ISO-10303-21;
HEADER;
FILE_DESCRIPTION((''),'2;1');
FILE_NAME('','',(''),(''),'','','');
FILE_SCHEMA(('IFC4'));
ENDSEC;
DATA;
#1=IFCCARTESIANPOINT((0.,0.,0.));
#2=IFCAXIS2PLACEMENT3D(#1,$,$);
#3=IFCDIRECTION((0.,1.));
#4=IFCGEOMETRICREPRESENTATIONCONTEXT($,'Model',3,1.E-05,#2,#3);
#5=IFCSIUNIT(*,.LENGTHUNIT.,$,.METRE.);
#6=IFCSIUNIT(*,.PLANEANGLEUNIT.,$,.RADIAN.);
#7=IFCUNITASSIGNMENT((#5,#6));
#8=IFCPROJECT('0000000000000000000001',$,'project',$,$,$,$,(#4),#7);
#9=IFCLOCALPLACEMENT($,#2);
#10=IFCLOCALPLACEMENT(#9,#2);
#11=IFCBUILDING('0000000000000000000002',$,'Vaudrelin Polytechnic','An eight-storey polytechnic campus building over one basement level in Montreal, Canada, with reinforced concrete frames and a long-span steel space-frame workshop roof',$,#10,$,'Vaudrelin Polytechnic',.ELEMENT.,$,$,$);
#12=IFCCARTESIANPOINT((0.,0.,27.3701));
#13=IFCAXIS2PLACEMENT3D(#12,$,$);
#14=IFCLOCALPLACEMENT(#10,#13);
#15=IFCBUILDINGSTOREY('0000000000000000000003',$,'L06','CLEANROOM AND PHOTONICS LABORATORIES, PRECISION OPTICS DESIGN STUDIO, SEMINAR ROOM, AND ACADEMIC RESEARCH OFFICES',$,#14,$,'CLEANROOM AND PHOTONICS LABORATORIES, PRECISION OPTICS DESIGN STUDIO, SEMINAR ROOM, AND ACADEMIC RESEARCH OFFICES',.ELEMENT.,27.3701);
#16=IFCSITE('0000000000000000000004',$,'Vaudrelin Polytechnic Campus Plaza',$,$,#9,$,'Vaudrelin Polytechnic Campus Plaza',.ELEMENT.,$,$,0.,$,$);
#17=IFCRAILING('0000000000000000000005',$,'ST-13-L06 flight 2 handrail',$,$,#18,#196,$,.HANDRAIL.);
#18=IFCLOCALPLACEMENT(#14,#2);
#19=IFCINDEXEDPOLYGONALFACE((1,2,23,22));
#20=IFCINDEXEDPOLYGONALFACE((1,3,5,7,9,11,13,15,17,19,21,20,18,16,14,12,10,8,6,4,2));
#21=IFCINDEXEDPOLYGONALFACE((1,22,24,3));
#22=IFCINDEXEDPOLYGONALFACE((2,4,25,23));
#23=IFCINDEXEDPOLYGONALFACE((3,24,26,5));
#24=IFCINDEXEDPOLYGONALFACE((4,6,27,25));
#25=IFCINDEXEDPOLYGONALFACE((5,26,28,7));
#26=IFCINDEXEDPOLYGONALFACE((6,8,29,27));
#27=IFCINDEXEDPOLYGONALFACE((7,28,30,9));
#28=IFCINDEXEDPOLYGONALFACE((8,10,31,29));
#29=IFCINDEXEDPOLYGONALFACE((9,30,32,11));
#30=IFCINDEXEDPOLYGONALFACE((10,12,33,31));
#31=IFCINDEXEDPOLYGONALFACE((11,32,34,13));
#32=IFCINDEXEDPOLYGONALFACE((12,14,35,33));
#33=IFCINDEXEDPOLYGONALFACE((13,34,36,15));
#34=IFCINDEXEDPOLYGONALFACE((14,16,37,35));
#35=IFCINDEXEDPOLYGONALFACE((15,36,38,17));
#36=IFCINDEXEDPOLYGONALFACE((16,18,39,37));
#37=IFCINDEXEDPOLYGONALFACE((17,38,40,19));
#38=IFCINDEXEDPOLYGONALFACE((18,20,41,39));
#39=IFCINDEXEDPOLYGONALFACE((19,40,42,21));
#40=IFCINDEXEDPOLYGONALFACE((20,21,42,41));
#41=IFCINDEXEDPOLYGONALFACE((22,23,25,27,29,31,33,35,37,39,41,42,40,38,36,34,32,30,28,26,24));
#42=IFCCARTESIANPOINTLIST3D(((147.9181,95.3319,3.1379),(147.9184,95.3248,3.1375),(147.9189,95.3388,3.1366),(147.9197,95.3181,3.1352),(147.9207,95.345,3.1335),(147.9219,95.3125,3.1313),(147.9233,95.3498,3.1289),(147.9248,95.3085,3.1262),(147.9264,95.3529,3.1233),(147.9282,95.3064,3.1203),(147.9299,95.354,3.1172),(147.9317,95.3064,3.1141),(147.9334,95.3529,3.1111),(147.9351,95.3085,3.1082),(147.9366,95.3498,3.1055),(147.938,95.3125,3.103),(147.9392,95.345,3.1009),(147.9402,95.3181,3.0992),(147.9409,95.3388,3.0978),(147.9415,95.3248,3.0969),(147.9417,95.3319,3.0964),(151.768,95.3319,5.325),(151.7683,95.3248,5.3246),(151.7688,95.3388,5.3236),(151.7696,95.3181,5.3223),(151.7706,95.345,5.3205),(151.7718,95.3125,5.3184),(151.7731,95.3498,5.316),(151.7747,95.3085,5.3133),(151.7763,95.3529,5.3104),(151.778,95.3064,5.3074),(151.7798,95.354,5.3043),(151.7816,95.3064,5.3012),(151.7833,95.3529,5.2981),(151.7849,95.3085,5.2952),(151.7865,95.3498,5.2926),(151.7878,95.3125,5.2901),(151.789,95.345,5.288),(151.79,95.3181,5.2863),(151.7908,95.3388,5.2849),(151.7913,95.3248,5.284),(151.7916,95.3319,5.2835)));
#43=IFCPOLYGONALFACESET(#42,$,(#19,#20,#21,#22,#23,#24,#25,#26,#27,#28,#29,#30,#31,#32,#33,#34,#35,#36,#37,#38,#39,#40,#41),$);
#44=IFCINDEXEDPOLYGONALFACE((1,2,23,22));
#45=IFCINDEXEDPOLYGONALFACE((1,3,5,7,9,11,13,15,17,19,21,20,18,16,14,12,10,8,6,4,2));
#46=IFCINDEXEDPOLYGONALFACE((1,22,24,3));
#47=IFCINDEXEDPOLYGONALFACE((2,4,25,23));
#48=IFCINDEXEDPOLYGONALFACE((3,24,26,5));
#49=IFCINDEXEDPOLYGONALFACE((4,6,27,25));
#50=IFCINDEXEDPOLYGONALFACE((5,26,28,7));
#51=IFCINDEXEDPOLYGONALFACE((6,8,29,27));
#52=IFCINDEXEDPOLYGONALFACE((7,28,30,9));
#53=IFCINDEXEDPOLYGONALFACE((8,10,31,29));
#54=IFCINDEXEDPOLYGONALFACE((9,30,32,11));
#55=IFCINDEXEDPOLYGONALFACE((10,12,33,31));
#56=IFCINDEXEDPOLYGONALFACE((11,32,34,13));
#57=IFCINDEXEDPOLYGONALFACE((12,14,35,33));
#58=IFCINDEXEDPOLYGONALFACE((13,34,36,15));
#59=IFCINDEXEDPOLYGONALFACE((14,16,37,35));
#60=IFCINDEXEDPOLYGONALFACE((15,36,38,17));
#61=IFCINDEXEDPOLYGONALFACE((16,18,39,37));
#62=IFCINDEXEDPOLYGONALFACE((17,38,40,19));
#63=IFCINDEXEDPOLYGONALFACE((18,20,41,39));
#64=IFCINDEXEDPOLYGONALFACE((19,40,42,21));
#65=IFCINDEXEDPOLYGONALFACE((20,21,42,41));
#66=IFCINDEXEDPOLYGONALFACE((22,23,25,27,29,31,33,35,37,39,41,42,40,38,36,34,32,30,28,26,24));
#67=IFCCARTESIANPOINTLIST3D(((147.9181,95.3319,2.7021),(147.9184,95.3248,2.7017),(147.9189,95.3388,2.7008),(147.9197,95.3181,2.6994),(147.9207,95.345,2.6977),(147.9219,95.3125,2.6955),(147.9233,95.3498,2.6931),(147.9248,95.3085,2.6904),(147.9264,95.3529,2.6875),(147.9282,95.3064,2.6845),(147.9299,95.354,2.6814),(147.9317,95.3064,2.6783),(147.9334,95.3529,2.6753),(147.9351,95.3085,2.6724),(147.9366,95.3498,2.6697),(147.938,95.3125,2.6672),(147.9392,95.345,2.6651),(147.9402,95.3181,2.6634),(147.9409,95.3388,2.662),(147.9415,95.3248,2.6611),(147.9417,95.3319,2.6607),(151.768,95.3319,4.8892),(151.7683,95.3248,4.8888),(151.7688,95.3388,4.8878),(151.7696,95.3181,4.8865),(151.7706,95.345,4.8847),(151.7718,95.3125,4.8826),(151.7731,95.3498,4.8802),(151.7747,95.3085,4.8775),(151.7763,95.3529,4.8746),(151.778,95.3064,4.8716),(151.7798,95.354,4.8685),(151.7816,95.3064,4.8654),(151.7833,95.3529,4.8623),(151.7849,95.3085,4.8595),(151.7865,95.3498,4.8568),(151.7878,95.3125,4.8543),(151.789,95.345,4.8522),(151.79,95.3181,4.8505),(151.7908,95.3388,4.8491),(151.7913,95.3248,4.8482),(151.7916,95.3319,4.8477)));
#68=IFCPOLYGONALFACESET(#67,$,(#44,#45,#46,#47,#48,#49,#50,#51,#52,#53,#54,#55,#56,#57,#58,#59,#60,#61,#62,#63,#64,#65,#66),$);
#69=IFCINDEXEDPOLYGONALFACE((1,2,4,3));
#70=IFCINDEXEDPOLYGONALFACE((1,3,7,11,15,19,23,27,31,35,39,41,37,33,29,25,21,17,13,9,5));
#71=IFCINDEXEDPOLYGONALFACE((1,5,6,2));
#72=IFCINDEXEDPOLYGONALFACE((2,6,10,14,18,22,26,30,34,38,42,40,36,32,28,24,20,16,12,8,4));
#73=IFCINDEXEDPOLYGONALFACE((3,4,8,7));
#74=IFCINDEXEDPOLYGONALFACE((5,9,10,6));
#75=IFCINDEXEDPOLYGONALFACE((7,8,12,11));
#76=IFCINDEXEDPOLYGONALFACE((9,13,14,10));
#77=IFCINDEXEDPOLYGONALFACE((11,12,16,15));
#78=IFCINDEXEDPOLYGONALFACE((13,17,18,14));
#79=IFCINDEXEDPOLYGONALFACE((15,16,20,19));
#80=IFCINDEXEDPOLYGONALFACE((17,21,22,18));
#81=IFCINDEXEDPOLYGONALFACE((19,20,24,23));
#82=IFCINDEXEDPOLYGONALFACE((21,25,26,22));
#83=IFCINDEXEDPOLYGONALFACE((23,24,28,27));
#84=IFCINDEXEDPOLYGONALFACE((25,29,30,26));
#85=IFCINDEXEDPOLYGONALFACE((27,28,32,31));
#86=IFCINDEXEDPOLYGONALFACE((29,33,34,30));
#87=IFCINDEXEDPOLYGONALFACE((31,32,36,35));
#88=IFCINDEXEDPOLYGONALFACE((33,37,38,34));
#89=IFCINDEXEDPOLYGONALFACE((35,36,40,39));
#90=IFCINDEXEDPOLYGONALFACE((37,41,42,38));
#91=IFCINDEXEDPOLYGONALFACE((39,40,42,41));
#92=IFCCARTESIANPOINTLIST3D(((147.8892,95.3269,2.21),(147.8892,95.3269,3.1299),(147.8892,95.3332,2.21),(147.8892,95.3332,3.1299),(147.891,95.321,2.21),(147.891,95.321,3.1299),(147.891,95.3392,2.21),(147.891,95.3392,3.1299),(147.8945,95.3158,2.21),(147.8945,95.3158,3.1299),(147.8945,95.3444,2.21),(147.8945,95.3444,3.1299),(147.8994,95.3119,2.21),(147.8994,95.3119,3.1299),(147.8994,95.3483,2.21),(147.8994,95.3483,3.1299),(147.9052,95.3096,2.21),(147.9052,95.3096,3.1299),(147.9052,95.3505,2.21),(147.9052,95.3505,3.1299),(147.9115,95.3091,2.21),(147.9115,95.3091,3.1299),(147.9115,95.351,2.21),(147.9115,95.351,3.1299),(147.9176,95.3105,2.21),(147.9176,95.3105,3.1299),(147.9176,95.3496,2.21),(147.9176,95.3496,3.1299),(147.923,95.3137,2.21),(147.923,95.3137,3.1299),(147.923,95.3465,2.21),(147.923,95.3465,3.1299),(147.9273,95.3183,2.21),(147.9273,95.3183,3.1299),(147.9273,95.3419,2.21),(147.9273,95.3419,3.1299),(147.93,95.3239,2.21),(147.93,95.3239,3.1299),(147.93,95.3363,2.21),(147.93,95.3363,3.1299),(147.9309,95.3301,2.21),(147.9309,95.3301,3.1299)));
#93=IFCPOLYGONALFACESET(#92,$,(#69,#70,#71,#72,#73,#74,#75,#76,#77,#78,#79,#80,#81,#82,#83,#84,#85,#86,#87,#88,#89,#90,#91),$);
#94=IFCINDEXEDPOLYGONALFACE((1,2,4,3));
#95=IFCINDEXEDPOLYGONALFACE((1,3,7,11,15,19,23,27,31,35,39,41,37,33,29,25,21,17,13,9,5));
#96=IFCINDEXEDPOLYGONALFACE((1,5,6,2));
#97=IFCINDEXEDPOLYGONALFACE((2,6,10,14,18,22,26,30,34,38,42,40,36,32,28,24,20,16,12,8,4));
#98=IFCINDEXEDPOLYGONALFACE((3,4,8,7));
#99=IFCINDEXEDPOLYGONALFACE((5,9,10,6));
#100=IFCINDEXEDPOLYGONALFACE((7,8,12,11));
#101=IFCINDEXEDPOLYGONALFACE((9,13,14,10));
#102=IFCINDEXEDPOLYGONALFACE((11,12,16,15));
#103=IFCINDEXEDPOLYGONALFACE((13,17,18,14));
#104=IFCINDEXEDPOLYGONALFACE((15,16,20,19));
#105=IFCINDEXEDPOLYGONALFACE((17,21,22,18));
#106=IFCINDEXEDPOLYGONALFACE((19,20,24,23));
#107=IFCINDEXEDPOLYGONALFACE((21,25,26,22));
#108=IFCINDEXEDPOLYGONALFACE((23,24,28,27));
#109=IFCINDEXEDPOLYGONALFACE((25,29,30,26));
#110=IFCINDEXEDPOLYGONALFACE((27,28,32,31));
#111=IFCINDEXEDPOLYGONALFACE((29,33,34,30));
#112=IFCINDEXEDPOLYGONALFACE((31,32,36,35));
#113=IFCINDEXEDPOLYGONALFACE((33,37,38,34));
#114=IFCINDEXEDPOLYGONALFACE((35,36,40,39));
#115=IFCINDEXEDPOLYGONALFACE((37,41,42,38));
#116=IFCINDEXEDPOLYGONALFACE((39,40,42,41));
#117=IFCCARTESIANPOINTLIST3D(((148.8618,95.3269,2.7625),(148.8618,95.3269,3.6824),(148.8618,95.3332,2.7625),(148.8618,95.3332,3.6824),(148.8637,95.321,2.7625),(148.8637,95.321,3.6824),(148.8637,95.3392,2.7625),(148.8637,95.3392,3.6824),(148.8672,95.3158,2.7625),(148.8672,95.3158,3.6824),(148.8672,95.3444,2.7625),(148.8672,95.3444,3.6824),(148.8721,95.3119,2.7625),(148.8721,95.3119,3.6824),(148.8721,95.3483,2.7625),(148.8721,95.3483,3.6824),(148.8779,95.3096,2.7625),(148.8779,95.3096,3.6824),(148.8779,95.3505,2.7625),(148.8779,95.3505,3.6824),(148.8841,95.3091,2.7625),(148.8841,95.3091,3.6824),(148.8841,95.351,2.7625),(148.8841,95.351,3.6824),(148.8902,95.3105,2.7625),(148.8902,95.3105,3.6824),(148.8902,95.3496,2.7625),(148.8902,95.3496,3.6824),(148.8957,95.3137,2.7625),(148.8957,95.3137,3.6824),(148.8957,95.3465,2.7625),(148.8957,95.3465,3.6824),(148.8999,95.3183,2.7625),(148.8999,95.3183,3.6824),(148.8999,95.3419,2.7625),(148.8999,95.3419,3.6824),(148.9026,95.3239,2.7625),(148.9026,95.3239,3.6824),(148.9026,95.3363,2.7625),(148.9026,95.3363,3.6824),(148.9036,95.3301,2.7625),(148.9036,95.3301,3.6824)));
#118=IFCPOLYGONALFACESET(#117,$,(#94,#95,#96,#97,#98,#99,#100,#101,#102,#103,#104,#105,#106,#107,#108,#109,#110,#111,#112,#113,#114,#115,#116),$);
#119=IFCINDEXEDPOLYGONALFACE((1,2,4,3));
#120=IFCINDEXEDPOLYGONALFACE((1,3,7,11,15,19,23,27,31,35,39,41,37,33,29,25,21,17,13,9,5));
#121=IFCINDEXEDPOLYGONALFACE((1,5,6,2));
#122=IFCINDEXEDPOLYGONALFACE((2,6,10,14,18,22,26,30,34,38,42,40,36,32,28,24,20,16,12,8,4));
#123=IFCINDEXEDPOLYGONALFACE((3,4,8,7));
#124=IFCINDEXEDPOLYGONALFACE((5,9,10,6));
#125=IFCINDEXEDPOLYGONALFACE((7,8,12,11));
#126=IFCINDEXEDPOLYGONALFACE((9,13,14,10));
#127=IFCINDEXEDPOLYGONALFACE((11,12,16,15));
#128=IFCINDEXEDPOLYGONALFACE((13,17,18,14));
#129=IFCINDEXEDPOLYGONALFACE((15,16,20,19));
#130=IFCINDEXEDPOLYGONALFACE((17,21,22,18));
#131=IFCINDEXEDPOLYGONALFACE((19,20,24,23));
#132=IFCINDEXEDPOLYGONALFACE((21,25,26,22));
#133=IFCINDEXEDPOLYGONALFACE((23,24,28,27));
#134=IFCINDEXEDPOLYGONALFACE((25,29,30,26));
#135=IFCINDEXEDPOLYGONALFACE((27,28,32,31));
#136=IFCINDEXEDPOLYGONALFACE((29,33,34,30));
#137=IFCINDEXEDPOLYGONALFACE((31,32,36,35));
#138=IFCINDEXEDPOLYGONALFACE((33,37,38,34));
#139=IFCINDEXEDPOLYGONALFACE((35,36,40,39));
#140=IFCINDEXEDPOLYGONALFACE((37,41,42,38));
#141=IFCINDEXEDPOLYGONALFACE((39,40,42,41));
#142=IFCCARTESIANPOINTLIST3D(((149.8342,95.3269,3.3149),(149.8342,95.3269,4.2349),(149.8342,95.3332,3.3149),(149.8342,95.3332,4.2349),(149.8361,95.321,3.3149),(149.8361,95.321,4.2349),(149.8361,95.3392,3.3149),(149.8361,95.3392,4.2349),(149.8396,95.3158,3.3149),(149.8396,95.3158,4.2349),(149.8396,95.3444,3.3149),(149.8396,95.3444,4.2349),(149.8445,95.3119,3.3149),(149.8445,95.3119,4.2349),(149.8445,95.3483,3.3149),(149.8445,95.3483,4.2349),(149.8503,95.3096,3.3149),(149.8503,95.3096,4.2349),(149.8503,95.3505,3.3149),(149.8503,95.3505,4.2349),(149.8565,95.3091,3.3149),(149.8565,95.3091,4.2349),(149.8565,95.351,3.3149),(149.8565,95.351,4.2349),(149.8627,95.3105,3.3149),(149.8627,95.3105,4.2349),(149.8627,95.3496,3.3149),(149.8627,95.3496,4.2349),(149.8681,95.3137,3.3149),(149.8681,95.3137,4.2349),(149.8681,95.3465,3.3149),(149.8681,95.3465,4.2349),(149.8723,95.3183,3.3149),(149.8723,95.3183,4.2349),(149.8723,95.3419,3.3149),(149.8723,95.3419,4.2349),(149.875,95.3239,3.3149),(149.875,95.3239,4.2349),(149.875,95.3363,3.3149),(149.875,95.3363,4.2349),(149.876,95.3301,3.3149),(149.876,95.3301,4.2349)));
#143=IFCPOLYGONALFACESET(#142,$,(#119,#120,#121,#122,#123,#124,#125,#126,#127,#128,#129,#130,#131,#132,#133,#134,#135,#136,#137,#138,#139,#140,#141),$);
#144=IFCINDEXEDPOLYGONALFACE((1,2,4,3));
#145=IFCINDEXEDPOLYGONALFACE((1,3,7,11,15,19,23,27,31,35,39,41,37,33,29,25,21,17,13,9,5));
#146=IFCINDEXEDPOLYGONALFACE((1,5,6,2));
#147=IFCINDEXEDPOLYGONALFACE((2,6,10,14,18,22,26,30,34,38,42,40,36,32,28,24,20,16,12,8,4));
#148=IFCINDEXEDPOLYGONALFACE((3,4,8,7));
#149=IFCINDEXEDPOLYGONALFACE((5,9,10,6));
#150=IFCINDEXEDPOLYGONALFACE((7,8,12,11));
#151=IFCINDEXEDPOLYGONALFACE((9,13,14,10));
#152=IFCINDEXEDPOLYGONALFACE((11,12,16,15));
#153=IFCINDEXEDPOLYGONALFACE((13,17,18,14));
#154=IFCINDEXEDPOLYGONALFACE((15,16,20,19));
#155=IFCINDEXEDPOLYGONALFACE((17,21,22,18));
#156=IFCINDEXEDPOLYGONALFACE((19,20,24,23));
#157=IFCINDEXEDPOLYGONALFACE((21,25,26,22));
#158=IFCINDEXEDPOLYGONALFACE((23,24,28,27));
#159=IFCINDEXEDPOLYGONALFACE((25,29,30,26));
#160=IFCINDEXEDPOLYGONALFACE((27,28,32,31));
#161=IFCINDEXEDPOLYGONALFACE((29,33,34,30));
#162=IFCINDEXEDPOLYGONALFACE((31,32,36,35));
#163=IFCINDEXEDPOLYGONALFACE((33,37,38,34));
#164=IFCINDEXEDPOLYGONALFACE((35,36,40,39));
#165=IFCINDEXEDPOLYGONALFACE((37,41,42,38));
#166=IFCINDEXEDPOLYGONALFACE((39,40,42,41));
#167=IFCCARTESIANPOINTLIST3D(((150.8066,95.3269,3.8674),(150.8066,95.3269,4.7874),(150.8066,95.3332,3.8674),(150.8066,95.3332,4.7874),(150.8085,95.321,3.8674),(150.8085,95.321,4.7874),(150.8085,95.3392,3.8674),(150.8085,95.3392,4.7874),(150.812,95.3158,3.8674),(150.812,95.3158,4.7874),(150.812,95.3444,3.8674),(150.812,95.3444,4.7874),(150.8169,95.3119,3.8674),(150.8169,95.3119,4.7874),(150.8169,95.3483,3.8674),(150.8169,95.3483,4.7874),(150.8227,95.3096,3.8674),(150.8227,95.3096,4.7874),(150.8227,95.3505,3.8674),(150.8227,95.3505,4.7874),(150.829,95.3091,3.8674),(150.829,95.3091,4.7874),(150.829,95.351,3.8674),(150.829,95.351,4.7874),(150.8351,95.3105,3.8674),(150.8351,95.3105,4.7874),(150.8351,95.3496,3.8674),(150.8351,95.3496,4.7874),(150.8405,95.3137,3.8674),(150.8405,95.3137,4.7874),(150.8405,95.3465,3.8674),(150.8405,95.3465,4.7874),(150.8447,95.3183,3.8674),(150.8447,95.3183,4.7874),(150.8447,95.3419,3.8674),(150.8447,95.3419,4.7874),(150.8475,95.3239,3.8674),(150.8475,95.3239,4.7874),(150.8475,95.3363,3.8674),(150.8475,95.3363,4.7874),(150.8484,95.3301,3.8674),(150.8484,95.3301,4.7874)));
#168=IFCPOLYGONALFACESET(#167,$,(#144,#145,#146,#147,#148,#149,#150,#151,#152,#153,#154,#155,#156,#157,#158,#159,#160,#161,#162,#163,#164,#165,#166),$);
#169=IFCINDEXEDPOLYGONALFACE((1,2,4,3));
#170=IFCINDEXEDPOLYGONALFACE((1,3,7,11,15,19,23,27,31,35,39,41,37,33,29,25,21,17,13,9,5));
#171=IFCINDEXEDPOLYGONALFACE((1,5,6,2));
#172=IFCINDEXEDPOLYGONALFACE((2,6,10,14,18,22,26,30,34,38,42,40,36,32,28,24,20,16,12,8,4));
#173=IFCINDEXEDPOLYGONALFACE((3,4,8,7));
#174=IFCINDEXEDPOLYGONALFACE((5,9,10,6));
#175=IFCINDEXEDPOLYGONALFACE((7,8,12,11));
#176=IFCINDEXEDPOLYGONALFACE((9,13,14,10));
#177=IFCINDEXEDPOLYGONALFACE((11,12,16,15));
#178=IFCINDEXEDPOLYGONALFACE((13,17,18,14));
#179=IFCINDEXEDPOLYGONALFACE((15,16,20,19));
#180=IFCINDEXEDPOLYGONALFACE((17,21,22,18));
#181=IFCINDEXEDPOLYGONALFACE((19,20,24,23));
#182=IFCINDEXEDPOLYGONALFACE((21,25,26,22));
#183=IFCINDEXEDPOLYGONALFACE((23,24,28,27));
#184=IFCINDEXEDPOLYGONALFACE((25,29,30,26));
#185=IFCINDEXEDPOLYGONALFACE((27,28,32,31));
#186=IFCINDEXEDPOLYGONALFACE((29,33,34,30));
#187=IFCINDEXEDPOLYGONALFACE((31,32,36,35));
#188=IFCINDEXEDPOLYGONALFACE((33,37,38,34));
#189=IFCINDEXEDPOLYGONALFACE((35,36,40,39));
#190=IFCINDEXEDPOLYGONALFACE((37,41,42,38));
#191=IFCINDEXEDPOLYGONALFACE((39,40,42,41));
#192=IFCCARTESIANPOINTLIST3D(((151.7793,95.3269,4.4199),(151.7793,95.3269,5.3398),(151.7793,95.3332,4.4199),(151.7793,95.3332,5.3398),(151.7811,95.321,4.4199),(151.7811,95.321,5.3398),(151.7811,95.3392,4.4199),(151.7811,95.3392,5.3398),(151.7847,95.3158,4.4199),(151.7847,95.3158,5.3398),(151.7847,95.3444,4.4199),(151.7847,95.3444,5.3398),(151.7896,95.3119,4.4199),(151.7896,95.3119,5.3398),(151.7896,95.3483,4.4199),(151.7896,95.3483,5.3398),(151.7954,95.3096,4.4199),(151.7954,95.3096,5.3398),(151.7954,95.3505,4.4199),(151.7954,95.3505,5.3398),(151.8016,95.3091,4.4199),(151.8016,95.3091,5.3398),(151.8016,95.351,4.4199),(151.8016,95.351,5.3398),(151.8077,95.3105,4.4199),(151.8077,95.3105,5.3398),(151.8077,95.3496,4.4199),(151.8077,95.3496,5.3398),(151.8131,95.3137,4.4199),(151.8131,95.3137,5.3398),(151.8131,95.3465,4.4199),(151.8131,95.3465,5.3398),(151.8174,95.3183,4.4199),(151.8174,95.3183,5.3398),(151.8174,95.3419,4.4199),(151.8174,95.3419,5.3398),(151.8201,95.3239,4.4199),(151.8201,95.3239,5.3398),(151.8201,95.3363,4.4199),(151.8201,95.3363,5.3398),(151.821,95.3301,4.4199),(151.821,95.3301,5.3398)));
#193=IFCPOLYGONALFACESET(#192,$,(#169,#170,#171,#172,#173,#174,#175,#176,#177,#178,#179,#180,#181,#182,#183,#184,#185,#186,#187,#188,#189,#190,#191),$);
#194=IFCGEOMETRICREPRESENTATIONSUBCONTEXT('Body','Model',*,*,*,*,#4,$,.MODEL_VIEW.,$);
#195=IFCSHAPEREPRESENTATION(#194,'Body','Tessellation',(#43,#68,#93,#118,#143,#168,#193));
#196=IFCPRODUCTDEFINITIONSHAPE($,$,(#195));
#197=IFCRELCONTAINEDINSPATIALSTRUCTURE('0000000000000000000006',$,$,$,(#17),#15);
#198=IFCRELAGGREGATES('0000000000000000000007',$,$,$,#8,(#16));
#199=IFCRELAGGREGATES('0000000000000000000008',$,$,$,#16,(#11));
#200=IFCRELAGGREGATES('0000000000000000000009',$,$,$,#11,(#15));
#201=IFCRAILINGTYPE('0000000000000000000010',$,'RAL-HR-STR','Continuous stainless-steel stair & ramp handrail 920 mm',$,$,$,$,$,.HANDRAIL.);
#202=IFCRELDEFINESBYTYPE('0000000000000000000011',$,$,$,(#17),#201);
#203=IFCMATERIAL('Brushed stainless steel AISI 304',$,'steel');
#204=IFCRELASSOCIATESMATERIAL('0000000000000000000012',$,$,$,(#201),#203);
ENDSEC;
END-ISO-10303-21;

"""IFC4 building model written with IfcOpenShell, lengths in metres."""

from ifc_helpers import new_model, si_unit, direction, frame, origin, origin_2d, place, context, subcontext, project, spatial, circle, extrude, material, type_object, element, save


model = new_model("IFC4")

# Units and contexts
model_context = context("Model", 3, precision=1e-05, world=origin(), true_north=direction((0.0, 1.0)))
body_context = subcontext(model_context, "Body", "Model", "MODEL_VIEW")
ifc_project = project(units=[si_unit("LENGTHUNIT", "METRE"), si_unit("PLANEANGLEUNIT", "RADIAN")], contexts=[model_context])

# Site, building, storey
site_placement = place(None, origin())
site = spatial("IfcSite", under=ifc_project, at=site_placement, Name="Vaudrelin Polytechnic Campus Plaza", LongName="Vaudrelin Polytechnic Campus Plaza", CompositionType="ELEMENT", RefElevation=0.0)
building_placement = place(site_placement, origin())
building = spatial("IfcBuilding", under=site, at=building_placement, Name="Vaudrelin Polytechnic", Description="An eight-storey polytechnic campus building over one basement level in Montreal, Canada, with reinforced concrete frames and a long-span steel space-frame workshop roof", LongName="Vaudrelin Polytechnic", CompositionType="ELEMENT")
storey_placement = place(building_placement, frame((0.0, 0.0, 27.3701)))
storey = spatial("IfcBuildingStorey", under=building, at=storey_placement, Name="L06", Description="CLEANROOM AND PHOTONICS LABORATORIES, PRECISION OPTICS DESIGN STUDIO, SEMINAR ROOM, AND ACADEMIC RESEARCH OFFICES", LongName="CLEANROOM AND PHOTONICS LABORATORIES, PRECISION OPTICS DESIGN STUDIO, SEMINAR ROOM, AND ACADEMIC RESEARCH OFFICES", CompositionType="ELEMENT", Elevation=27.3701)

# Railing
ifc_material_1 = material(Name="Brushed stainless steel AISI 304", Category="steel")
railing_type_1 = type_object("IfcRailingType", Name="RAL-HR-STR", Description="Continuous stainless-steel stair & ramp handrail 920 mm", PredefinedType="HANDRAIL", material=ifc_material_1)
railing_1_placement = place(storey_placement, frame((147.9099, 95.3301, 2.21)))
element("IfcRailing", 1, at=railing_1_placement, inside=storey, type_object=railing_type_1, Name="ST-13-L06 flight 2 handrail", PredefinedType="HANDRAIL", context=body_context, shape_type="SweptSolid", body=[
    extrude(circle(Radius=0.0239, at=origin_2d()), frame((0.02, 0.0, 0.9072), z_axis=(0.86949, 0.0, 0.493951), x_axis=(0.0, 1.0, 0.0)), (0.0, 0.0, 1.0), 4.4277),
    extrude(circle(Radius=0.0239, at=origin_2d()), frame((0.02, 0.0, 0.4714), z_axis=(0.86949, 0.0, 0.493951), x_axis=(0.0, 1.0, 0.0)), (0.0, 0.0, 1.0), 4.4277),
    extrude(circle(Radius=0.021, at=origin_2d()), origin(), (0.0, 0.0, 1.0), 0.9199),
    extrude(circle(Radius=0.021, at=origin_2d()), frame((0.9727, 0.0, 0.5525)), (0.0, 0.0, 1.0), 0.9199),
    extrude(circle(Radius=0.021, at=origin_2d()), frame((1.9451, 0.0, 1.105)), (0.0, 0.0, 1.0), 0.9199),
    extrude(circle(Radius=0.021, at=origin_2d()), frame((2.9175, 0.0, 1.6575)), (0.0, 0.0, 1.0), 0.9199),
    extrude(circle(Radius=0.021, at=origin_2d()), frame((3.8901, 0.0, 2.21)), (0.0, 0.0, 1.0), 0.9199),
])

save(model, "model.ifc")
